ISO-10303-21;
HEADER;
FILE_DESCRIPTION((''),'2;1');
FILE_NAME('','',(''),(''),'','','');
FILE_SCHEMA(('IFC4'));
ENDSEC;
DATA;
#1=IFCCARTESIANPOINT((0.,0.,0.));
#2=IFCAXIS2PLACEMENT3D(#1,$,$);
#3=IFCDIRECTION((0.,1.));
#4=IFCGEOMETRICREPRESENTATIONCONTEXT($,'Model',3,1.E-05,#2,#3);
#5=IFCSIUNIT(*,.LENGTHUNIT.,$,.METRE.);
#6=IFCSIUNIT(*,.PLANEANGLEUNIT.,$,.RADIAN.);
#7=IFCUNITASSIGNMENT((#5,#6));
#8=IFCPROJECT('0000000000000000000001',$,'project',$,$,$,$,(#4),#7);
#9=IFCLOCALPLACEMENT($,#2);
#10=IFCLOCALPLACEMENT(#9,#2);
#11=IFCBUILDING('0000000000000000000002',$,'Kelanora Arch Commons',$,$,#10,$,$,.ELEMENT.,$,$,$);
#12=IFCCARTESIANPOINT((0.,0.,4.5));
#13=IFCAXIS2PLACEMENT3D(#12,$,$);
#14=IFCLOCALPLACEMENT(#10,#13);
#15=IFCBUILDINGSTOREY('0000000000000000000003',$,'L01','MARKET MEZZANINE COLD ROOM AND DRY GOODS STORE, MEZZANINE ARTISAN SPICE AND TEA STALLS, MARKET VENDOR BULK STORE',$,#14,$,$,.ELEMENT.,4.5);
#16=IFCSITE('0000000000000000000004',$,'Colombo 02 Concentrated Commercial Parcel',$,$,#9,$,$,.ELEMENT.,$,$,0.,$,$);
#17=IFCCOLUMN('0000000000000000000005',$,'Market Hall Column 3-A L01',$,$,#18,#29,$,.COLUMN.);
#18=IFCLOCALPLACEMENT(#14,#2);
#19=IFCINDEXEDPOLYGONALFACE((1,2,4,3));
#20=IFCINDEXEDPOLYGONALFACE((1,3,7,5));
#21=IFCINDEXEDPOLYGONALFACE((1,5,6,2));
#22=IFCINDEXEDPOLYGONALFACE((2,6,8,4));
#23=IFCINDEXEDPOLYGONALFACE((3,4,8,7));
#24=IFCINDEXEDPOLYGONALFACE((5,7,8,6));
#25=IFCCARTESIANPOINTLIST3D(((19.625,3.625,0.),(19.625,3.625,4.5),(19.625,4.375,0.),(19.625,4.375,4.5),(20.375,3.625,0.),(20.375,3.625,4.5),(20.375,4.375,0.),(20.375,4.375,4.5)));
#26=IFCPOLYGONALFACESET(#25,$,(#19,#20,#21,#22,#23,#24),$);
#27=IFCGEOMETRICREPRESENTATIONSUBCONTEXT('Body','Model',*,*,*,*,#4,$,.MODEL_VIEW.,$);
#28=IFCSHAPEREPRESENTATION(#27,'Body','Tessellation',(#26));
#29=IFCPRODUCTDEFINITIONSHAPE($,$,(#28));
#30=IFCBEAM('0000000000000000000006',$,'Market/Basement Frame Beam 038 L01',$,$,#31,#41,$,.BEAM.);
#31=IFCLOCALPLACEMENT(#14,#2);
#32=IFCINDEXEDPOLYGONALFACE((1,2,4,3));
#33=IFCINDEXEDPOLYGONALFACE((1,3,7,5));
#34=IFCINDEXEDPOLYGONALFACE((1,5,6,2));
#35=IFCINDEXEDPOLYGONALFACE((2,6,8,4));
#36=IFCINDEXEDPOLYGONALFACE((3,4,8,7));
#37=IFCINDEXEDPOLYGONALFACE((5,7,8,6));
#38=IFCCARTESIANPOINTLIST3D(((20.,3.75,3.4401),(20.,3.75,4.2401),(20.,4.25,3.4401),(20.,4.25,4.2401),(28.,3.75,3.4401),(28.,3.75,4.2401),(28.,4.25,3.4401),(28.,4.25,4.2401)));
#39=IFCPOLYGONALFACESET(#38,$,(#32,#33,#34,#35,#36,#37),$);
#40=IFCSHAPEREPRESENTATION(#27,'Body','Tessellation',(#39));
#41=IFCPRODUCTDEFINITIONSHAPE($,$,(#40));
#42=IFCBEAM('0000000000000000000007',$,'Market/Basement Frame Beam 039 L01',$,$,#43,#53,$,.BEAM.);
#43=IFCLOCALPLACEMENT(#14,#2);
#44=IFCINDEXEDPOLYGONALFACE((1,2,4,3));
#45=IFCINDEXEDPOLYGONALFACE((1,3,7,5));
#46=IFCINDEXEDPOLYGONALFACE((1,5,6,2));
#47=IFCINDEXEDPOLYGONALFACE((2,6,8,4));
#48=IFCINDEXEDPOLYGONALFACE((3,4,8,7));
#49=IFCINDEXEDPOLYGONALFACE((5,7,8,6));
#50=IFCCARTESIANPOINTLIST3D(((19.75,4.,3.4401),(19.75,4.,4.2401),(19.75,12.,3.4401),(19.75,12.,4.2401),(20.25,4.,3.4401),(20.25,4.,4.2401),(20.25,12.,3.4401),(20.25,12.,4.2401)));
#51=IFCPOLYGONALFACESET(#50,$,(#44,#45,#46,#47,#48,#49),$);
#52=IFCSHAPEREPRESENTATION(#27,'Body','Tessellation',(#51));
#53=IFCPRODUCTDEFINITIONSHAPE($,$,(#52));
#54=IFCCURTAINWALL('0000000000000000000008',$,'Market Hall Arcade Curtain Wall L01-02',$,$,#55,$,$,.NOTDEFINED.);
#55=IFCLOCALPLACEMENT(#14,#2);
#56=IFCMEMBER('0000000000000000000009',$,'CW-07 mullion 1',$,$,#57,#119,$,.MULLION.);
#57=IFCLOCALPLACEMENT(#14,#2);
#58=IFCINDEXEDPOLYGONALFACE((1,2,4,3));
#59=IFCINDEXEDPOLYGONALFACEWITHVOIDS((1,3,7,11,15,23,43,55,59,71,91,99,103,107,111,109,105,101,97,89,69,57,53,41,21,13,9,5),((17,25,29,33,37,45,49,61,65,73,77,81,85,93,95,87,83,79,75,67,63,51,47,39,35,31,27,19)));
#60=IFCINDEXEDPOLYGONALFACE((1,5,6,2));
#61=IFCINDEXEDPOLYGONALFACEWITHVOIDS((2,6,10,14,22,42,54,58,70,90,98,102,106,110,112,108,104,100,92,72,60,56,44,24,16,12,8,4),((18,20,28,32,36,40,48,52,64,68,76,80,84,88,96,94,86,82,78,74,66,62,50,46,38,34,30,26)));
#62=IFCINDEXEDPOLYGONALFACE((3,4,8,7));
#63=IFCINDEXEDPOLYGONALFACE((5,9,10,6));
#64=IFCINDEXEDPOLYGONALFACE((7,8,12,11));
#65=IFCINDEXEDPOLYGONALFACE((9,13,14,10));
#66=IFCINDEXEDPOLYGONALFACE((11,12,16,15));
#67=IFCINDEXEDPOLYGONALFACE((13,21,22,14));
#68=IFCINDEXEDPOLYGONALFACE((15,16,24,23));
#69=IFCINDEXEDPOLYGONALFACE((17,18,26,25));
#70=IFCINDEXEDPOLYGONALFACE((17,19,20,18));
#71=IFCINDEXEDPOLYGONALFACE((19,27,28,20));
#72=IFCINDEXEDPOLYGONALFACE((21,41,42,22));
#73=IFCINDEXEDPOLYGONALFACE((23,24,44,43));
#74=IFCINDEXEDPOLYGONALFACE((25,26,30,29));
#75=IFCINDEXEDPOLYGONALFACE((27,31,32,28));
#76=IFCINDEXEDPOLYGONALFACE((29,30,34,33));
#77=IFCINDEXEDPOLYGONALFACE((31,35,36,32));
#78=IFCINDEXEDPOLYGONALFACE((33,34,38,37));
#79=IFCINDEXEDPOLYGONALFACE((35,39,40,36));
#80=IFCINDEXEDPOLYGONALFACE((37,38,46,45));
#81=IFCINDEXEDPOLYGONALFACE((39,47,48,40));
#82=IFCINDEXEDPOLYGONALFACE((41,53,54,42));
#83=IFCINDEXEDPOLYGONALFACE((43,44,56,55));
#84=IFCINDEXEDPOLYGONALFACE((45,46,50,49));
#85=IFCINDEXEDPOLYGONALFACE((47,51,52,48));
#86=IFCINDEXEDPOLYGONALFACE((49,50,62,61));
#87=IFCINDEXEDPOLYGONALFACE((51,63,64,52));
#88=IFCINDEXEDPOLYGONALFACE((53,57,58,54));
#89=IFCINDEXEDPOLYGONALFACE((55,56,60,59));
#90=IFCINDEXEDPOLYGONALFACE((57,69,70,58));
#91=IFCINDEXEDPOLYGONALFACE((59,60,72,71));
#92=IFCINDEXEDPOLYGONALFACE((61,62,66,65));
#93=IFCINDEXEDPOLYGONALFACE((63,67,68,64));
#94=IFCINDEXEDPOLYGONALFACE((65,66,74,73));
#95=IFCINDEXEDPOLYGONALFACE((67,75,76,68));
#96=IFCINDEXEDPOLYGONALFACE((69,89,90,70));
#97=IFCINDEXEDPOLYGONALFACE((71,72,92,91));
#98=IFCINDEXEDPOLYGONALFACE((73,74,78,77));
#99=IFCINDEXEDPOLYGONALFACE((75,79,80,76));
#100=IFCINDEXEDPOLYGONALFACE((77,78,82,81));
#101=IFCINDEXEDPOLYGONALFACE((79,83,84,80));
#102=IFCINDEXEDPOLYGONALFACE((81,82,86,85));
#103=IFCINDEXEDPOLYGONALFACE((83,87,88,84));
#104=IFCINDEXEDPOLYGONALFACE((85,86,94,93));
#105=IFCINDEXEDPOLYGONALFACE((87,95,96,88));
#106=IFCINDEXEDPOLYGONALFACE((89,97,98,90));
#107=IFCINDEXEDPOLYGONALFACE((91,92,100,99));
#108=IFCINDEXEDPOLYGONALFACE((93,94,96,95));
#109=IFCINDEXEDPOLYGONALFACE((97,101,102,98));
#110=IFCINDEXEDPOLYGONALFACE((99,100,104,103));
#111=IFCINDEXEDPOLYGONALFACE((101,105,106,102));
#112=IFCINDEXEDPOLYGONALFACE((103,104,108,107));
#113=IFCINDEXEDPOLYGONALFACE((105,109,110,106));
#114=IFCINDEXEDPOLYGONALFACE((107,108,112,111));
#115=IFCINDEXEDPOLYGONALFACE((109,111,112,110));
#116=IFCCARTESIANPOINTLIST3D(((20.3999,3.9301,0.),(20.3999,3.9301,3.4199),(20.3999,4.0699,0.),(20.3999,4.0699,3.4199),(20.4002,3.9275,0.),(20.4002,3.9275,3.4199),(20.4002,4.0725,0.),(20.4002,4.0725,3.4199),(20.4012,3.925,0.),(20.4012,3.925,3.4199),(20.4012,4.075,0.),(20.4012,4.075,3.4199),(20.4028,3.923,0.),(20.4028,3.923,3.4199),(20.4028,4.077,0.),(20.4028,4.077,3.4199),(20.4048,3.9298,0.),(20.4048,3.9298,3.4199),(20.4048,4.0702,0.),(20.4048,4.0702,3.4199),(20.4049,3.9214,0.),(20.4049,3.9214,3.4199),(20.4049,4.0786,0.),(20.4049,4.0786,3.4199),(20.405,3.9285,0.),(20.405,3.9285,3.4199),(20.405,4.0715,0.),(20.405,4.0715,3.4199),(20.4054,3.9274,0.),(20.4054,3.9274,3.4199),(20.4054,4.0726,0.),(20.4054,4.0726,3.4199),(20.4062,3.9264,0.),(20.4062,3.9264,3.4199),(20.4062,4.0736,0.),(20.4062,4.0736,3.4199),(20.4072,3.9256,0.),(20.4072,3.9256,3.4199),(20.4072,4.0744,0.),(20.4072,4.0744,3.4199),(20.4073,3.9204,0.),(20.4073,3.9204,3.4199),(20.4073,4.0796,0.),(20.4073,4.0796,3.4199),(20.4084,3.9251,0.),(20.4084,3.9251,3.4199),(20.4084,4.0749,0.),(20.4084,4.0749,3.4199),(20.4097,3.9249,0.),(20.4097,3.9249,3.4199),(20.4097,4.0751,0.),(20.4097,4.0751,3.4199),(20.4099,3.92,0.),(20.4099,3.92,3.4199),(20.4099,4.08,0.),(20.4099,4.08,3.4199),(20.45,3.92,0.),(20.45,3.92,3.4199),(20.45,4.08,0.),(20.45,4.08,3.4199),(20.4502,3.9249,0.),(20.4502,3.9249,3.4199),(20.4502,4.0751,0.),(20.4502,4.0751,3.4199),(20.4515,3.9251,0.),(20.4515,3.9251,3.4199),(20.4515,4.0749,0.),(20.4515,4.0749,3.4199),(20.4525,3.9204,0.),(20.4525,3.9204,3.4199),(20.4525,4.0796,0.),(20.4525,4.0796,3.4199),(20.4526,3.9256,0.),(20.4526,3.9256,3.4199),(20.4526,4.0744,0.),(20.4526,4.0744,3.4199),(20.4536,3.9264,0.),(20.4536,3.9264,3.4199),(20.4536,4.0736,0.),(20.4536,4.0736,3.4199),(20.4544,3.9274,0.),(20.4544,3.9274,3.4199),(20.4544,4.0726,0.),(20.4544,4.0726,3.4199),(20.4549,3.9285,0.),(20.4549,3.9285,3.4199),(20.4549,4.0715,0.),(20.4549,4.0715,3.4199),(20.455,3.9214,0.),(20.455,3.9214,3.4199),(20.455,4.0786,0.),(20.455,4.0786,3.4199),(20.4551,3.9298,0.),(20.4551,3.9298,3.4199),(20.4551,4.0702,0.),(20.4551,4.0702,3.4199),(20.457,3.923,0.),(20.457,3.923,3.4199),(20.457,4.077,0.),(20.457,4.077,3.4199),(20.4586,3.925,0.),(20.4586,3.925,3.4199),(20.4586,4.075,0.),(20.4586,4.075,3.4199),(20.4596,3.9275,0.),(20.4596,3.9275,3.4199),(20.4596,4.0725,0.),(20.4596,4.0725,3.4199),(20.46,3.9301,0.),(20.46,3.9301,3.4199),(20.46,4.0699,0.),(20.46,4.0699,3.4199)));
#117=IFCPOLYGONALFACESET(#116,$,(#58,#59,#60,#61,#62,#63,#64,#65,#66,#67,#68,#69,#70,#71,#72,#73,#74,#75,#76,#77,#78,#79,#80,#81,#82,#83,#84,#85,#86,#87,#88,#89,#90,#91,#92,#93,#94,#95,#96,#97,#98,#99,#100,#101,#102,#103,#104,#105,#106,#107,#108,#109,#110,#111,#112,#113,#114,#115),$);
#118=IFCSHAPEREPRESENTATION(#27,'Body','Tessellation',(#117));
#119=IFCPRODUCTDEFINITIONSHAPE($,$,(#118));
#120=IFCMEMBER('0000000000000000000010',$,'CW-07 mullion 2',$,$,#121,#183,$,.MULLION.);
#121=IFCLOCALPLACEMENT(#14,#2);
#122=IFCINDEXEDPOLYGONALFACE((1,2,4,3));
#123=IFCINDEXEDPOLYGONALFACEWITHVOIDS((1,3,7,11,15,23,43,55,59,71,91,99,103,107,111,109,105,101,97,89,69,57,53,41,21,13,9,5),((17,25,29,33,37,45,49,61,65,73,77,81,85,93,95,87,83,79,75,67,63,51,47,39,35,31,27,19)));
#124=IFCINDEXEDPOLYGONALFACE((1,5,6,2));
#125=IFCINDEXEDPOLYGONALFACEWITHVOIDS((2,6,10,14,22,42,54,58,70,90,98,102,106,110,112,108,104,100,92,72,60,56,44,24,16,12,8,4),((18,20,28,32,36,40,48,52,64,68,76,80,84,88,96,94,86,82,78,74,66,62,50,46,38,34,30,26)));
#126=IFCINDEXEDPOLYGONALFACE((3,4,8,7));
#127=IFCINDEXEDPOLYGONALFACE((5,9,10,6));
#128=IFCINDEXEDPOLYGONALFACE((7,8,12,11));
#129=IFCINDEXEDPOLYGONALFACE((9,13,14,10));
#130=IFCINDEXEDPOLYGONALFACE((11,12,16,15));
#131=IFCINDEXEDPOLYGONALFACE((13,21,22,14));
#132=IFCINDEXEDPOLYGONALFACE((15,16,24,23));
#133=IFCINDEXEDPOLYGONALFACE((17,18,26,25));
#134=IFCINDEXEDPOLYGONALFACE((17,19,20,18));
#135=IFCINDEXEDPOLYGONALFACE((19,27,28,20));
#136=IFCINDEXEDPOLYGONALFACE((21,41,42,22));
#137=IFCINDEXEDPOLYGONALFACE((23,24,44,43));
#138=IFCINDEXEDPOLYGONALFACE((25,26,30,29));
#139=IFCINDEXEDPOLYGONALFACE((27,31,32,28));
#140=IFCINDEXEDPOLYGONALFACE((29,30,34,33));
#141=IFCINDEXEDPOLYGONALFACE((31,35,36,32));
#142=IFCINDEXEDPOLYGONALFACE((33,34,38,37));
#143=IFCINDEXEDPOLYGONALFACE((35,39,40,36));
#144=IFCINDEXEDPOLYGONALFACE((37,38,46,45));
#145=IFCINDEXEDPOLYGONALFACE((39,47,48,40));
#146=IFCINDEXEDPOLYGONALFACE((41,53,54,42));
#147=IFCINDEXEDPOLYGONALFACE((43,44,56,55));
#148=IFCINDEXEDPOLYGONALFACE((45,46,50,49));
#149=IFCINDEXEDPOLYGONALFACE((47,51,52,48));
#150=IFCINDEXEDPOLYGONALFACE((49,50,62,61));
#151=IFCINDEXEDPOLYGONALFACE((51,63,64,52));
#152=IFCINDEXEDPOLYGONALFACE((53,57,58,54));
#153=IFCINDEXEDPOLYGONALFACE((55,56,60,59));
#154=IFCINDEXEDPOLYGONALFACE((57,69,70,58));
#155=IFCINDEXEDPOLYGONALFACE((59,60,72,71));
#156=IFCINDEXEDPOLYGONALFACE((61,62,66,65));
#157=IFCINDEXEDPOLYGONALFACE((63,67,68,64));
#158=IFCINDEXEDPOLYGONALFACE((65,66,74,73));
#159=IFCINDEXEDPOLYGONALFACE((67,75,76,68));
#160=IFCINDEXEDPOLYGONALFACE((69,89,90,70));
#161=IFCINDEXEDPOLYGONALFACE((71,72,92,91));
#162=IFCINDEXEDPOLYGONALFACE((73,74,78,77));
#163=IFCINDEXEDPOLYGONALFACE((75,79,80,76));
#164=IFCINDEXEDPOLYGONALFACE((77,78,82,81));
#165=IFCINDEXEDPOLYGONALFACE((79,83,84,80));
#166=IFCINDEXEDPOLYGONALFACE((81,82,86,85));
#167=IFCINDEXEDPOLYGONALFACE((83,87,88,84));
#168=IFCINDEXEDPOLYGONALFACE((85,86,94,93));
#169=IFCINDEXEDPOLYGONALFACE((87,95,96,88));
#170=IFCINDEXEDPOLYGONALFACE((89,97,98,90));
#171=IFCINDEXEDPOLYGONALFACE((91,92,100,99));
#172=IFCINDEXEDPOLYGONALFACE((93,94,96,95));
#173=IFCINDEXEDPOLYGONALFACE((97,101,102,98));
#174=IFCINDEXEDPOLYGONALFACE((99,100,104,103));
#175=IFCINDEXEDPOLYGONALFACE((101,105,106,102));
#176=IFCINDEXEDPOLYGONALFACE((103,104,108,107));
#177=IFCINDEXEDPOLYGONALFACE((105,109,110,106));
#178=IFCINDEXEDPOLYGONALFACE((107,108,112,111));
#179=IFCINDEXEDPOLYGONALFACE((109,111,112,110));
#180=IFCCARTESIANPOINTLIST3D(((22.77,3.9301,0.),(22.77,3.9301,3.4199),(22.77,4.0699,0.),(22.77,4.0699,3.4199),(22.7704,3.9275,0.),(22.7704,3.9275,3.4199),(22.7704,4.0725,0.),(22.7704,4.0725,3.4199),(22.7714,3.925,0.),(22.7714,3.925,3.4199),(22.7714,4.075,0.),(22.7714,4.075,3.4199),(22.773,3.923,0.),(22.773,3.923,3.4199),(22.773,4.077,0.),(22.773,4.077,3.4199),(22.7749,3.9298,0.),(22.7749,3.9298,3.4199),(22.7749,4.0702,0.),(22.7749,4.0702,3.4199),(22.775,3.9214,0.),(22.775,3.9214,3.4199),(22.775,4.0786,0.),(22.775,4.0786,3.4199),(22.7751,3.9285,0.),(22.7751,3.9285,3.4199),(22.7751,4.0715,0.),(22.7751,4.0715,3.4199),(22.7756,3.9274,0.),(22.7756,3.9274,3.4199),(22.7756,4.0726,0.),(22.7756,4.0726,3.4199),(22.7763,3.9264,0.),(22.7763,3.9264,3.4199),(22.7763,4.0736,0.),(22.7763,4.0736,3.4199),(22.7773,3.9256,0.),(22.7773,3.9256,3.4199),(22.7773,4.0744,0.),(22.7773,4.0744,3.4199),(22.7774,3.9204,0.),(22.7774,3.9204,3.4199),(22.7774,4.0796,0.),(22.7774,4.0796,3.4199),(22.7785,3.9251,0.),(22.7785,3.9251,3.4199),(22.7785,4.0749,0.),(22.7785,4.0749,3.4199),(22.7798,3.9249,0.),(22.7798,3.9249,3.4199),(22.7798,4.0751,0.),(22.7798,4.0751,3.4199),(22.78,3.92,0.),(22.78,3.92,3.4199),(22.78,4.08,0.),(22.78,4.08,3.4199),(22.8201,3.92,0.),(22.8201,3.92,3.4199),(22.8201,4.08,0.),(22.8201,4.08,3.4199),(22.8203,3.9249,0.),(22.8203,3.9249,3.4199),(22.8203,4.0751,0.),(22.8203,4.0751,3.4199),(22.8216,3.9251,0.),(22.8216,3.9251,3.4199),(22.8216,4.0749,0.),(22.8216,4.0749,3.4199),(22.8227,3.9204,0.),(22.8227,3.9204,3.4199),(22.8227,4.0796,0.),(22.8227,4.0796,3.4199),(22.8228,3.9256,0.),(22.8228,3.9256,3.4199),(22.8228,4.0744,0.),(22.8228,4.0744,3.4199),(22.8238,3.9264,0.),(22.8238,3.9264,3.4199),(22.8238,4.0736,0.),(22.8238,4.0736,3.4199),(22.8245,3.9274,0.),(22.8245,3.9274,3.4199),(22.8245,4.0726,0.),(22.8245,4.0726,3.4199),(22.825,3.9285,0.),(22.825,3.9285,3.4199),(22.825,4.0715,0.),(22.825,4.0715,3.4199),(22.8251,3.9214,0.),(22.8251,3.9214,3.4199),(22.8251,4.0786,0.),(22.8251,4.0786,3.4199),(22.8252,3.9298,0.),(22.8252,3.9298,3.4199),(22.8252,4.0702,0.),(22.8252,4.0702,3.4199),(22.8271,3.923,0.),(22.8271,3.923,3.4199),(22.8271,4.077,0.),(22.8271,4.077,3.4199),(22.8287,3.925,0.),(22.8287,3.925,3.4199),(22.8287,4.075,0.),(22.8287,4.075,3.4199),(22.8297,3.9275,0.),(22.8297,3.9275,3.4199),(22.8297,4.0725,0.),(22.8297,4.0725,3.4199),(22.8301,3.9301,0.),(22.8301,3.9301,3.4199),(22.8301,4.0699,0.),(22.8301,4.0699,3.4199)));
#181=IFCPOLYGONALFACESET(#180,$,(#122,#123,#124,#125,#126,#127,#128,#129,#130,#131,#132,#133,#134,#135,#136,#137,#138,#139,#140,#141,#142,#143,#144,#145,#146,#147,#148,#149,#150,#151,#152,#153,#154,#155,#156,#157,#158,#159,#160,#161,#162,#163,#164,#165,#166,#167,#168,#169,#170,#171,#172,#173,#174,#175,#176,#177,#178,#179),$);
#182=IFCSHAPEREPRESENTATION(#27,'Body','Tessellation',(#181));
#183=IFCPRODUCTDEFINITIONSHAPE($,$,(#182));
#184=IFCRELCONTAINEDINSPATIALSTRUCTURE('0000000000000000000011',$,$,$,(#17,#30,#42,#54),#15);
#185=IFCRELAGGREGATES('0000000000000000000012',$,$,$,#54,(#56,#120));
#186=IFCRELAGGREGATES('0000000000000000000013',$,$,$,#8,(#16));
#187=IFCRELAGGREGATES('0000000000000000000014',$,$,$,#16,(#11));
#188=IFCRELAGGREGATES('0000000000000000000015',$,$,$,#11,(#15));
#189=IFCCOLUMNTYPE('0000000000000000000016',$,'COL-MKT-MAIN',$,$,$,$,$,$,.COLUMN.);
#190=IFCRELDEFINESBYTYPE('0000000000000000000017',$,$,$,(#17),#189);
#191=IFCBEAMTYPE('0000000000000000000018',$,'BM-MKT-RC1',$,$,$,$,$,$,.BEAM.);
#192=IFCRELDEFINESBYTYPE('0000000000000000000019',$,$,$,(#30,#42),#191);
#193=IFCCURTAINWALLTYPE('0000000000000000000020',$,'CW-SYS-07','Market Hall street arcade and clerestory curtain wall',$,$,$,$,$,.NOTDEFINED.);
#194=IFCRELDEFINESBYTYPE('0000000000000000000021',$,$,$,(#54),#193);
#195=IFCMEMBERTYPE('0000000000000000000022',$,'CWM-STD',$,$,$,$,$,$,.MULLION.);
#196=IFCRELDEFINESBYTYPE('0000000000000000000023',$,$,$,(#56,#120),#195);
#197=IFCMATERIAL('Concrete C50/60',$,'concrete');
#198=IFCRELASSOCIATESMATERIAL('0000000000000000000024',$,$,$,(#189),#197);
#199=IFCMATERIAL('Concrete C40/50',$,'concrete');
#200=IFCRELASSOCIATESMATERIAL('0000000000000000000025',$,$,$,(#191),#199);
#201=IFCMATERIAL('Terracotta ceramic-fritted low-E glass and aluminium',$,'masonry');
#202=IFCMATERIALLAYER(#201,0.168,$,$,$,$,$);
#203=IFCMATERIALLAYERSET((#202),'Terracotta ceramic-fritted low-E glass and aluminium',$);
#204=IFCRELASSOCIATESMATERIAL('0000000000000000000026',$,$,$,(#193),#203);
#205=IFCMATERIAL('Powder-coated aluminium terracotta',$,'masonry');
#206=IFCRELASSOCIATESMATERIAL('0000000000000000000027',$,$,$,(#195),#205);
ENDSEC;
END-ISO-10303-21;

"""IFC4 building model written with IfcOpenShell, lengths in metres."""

from ifc_helpers import new_model, si_unit, direction, frame, origin, origin_2d, place, context, subcontext, project, spatial, rectangle, hollow_rectangle, extrude, material, layer, layer_set, material_profile, profile_set, type_object, element, aggregate, save


model = new_model("IFC4")

# Units and contexts
model_context = context("Model", 3, precision=1e-05, world=origin(), true_north=direction((0.0, 1.0)))
body_context = subcontext(model_context, "Body", "Model", "MODEL_VIEW")
ifc_project = project(units=[si_unit("LENGTHUNIT", "METRE"), si_unit("PLANEANGLEUNIT", "RADIAN")], contexts=[model_context])

# Site, building, storey
site_placement = place(None, origin())
site = spatial("IfcSite", under=ifc_project, at=site_placement, Name="Colombo 02 Concentrated Commercial Parcel", CompositionType="ELEMENT", RefElevation=0.0)
building_placement = place(site_placement, origin())
building = spatial("IfcBuilding", under=site, at=building_placement, Name="Kelanora Arch Commons", CompositionType="ELEMENT")
storey_placement = place(building_placement, frame((0.0, 0.0, 4.5)))
storey = spatial("IfcBuildingStorey", under=building, at=storey_placement, Name="L01", Description="MARKET MEZZANINE COLD ROOM AND DRY GOODS STORE, MEZZANINE ARTISAN SPICE AND TEA STALLS, MARKET VENDOR BULK STORE", CompositionType="ELEMENT", Elevation=4.5)

# Column
ifc_material_1 = material(Name="Concrete C50/60", Category="concrete")
ifc_material_profile_1 = material_profile(ifc_material_1, rectangle(XDim=0.75, YDim=0.75, at=origin_2d()), Name="RC750x750")
ifc_profile_set_1 = profile_set([ifc_material_profile_1], Name="Concrete C50/60")
column_type = type_object("IfcColumnType", Name="COL-MKT-MAIN", PredefinedType="COLUMN", material=ifc_profile_set_1)
column_placement = place(storey_placement, frame((20.0, 4.0, 0.0), z_axis=(0.0, 0.0, 1.0), x_axis=(1.0, 0.0, 0.0)))
element("IfcColumn", 1, at=column_placement, inside=storey, type_object=column_type, Name="Market Hall Column 3-A L01", PredefinedType="COLUMN", context=body_context, shape_type="SweptSolid", body=[
    extrude(rectangle(XDim=0.75, YDim=0.75, at=origin_2d()), origin(), (0.0, 0.0, 1.0), 4.5),
])

# Beams
ifc_material_2 = material(Name="Concrete C40/50", Category="concrete")
ifc_material_profile_2 = material_profile(ifc_material_2, rectangle(XDim=0.5, YDim=0.8, at=origin_2d()), Name="RCB500x800")
ifc_profile_set_2 = profile_set([ifc_material_profile_2], Name="Concrete C40/50")
beam_type = type_object("IfcBeamType", Name="BM-MKT-RC1", PredefinedType="BEAM", material=ifc_profile_set_2)
for number, where, z_axis, x_axis, name in (
    (2, (20.0, 4.0, 3.8401), (1.0, 0.0, 0.0), (0.0, 1.0, 0.0), "Market/Basement Frame Beam 038 L01"),
    (3, (20.0, 4.0, 3.8401), (0.0, 1.0, 0.0), (-1.0, 0.0, 0.0), "Market/Basement Frame Beam 039 L01"),
):
    element("IfcBeam", number, at=place(storey_placement, frame(where, z_axis=z_axis, x_axis=x_axis)), inside=storey, type_object=beam_type, Name=name, PredefinedType="BEAM", context=body_context, shape_type="SweptSolid", body=[
        extrude(rectangle(XDim=0.5, YDim=0.8, at=origin_2d()), origin(), (0.0, 0.0, 1.0), 8.0),
    ])

# Curtain wall, members
ifc_material_3 = material(Name="Terracotta ceramic-fritted low-E glass and aluminium", Category="masonry")
ifc_layer_1 = layer(ifc_material_3, 0.168)
ifc_layer_set_1 = layer_set([ifc_layer_1], Name="Terracotta ceramic-fritted low-E glass and aluminium")
curtain_wall_type = type_object("IfcCurtainWallType", Name="CW-SYS-07", Description="Market Hall street arcade and clerestory curtain wall", PredefinedType="NOTDEFINED", material=ifc_layer_set_1)
curtain_wall_placement = place(storey_placement, origin())
curtain_wall = element("IfcCurtainWall", 4, at=curtain_wall_placement, inside=storey, type_object=curtain_wall_type, Name="Market Hall Arcade Curtain Wall L01-02", PredefinedType="NOTDEFINED")
ifc_material_4 = material(Name="Powder-coated aluminium terracotta", Category="masonry")
ifc_material_profile_3 = material_profile(ifc_material_4, hollow_rectangle(XDim=0.1599, YDim=0.0601, WallThickness=0.0049, InnerFilletRadius=0.0049, OuterFilletRadius=0.01, at=origin_2d()), Name="CWM160x60")
ifc_profile_set_3 = profile_set([ifc_material_profile_3], Name="Powder-coated aluminium terracotta")
member_type_1 = type_object("IfcMemberType", Name="CWM-STD", PredefinedType="MULLION", material=ifc_profile_set_3)
member_1_placement = place(storey_placement, frame((20.4299, 4.0, 0.0), z_axis=(0.0, 0.0, 1.0), x_axis=(0.0, 1.0, 0.0)))
member_1 = element("IfcMember", 5, at=member_1_placement, type_object=member_type_1, Name="CW-07 mullion 1", PredefinedType="MULLION", context=body_context, shape_type="SweptSolid", body=[
    extrude(hollow_rectangle(XDim=0.1599, YDim=0.0601, WallThickness=0.0049, InnerFilletRadius=0.0049, OuterFilletRadius=0.01, at=origin_2d()), origin(), (0.0, 0.0, 1.0), 3.4199),
])
member_2_placement = place(storey_placement, frame((22.8, 4.0, 0.0), z_axis=(0.0, 0.0, 1.0), x_axis=(0.0, 1.0, 0.0)))
member_2 = element("IfcMember", 6, at=member_2_placement, type_object=member_type_1, Name="CW-07 mullion 2", PredefinedType="MULLION", context=body_context, shape_type="SweptSolid", body=[
    extrude(hollow_rectangle(XDim=0.1599, YDim=0.0601, WallThickness=0.0049, InnerFilletRadius=0.0049, OuterFilletRadius=0.01, at=origin_2d()), origin(), (0.0, 0.0, 1.0), 3.4199),
])
aggregate(curtain_wall, [member_1, member_2])

save(model, "model.ifc")
